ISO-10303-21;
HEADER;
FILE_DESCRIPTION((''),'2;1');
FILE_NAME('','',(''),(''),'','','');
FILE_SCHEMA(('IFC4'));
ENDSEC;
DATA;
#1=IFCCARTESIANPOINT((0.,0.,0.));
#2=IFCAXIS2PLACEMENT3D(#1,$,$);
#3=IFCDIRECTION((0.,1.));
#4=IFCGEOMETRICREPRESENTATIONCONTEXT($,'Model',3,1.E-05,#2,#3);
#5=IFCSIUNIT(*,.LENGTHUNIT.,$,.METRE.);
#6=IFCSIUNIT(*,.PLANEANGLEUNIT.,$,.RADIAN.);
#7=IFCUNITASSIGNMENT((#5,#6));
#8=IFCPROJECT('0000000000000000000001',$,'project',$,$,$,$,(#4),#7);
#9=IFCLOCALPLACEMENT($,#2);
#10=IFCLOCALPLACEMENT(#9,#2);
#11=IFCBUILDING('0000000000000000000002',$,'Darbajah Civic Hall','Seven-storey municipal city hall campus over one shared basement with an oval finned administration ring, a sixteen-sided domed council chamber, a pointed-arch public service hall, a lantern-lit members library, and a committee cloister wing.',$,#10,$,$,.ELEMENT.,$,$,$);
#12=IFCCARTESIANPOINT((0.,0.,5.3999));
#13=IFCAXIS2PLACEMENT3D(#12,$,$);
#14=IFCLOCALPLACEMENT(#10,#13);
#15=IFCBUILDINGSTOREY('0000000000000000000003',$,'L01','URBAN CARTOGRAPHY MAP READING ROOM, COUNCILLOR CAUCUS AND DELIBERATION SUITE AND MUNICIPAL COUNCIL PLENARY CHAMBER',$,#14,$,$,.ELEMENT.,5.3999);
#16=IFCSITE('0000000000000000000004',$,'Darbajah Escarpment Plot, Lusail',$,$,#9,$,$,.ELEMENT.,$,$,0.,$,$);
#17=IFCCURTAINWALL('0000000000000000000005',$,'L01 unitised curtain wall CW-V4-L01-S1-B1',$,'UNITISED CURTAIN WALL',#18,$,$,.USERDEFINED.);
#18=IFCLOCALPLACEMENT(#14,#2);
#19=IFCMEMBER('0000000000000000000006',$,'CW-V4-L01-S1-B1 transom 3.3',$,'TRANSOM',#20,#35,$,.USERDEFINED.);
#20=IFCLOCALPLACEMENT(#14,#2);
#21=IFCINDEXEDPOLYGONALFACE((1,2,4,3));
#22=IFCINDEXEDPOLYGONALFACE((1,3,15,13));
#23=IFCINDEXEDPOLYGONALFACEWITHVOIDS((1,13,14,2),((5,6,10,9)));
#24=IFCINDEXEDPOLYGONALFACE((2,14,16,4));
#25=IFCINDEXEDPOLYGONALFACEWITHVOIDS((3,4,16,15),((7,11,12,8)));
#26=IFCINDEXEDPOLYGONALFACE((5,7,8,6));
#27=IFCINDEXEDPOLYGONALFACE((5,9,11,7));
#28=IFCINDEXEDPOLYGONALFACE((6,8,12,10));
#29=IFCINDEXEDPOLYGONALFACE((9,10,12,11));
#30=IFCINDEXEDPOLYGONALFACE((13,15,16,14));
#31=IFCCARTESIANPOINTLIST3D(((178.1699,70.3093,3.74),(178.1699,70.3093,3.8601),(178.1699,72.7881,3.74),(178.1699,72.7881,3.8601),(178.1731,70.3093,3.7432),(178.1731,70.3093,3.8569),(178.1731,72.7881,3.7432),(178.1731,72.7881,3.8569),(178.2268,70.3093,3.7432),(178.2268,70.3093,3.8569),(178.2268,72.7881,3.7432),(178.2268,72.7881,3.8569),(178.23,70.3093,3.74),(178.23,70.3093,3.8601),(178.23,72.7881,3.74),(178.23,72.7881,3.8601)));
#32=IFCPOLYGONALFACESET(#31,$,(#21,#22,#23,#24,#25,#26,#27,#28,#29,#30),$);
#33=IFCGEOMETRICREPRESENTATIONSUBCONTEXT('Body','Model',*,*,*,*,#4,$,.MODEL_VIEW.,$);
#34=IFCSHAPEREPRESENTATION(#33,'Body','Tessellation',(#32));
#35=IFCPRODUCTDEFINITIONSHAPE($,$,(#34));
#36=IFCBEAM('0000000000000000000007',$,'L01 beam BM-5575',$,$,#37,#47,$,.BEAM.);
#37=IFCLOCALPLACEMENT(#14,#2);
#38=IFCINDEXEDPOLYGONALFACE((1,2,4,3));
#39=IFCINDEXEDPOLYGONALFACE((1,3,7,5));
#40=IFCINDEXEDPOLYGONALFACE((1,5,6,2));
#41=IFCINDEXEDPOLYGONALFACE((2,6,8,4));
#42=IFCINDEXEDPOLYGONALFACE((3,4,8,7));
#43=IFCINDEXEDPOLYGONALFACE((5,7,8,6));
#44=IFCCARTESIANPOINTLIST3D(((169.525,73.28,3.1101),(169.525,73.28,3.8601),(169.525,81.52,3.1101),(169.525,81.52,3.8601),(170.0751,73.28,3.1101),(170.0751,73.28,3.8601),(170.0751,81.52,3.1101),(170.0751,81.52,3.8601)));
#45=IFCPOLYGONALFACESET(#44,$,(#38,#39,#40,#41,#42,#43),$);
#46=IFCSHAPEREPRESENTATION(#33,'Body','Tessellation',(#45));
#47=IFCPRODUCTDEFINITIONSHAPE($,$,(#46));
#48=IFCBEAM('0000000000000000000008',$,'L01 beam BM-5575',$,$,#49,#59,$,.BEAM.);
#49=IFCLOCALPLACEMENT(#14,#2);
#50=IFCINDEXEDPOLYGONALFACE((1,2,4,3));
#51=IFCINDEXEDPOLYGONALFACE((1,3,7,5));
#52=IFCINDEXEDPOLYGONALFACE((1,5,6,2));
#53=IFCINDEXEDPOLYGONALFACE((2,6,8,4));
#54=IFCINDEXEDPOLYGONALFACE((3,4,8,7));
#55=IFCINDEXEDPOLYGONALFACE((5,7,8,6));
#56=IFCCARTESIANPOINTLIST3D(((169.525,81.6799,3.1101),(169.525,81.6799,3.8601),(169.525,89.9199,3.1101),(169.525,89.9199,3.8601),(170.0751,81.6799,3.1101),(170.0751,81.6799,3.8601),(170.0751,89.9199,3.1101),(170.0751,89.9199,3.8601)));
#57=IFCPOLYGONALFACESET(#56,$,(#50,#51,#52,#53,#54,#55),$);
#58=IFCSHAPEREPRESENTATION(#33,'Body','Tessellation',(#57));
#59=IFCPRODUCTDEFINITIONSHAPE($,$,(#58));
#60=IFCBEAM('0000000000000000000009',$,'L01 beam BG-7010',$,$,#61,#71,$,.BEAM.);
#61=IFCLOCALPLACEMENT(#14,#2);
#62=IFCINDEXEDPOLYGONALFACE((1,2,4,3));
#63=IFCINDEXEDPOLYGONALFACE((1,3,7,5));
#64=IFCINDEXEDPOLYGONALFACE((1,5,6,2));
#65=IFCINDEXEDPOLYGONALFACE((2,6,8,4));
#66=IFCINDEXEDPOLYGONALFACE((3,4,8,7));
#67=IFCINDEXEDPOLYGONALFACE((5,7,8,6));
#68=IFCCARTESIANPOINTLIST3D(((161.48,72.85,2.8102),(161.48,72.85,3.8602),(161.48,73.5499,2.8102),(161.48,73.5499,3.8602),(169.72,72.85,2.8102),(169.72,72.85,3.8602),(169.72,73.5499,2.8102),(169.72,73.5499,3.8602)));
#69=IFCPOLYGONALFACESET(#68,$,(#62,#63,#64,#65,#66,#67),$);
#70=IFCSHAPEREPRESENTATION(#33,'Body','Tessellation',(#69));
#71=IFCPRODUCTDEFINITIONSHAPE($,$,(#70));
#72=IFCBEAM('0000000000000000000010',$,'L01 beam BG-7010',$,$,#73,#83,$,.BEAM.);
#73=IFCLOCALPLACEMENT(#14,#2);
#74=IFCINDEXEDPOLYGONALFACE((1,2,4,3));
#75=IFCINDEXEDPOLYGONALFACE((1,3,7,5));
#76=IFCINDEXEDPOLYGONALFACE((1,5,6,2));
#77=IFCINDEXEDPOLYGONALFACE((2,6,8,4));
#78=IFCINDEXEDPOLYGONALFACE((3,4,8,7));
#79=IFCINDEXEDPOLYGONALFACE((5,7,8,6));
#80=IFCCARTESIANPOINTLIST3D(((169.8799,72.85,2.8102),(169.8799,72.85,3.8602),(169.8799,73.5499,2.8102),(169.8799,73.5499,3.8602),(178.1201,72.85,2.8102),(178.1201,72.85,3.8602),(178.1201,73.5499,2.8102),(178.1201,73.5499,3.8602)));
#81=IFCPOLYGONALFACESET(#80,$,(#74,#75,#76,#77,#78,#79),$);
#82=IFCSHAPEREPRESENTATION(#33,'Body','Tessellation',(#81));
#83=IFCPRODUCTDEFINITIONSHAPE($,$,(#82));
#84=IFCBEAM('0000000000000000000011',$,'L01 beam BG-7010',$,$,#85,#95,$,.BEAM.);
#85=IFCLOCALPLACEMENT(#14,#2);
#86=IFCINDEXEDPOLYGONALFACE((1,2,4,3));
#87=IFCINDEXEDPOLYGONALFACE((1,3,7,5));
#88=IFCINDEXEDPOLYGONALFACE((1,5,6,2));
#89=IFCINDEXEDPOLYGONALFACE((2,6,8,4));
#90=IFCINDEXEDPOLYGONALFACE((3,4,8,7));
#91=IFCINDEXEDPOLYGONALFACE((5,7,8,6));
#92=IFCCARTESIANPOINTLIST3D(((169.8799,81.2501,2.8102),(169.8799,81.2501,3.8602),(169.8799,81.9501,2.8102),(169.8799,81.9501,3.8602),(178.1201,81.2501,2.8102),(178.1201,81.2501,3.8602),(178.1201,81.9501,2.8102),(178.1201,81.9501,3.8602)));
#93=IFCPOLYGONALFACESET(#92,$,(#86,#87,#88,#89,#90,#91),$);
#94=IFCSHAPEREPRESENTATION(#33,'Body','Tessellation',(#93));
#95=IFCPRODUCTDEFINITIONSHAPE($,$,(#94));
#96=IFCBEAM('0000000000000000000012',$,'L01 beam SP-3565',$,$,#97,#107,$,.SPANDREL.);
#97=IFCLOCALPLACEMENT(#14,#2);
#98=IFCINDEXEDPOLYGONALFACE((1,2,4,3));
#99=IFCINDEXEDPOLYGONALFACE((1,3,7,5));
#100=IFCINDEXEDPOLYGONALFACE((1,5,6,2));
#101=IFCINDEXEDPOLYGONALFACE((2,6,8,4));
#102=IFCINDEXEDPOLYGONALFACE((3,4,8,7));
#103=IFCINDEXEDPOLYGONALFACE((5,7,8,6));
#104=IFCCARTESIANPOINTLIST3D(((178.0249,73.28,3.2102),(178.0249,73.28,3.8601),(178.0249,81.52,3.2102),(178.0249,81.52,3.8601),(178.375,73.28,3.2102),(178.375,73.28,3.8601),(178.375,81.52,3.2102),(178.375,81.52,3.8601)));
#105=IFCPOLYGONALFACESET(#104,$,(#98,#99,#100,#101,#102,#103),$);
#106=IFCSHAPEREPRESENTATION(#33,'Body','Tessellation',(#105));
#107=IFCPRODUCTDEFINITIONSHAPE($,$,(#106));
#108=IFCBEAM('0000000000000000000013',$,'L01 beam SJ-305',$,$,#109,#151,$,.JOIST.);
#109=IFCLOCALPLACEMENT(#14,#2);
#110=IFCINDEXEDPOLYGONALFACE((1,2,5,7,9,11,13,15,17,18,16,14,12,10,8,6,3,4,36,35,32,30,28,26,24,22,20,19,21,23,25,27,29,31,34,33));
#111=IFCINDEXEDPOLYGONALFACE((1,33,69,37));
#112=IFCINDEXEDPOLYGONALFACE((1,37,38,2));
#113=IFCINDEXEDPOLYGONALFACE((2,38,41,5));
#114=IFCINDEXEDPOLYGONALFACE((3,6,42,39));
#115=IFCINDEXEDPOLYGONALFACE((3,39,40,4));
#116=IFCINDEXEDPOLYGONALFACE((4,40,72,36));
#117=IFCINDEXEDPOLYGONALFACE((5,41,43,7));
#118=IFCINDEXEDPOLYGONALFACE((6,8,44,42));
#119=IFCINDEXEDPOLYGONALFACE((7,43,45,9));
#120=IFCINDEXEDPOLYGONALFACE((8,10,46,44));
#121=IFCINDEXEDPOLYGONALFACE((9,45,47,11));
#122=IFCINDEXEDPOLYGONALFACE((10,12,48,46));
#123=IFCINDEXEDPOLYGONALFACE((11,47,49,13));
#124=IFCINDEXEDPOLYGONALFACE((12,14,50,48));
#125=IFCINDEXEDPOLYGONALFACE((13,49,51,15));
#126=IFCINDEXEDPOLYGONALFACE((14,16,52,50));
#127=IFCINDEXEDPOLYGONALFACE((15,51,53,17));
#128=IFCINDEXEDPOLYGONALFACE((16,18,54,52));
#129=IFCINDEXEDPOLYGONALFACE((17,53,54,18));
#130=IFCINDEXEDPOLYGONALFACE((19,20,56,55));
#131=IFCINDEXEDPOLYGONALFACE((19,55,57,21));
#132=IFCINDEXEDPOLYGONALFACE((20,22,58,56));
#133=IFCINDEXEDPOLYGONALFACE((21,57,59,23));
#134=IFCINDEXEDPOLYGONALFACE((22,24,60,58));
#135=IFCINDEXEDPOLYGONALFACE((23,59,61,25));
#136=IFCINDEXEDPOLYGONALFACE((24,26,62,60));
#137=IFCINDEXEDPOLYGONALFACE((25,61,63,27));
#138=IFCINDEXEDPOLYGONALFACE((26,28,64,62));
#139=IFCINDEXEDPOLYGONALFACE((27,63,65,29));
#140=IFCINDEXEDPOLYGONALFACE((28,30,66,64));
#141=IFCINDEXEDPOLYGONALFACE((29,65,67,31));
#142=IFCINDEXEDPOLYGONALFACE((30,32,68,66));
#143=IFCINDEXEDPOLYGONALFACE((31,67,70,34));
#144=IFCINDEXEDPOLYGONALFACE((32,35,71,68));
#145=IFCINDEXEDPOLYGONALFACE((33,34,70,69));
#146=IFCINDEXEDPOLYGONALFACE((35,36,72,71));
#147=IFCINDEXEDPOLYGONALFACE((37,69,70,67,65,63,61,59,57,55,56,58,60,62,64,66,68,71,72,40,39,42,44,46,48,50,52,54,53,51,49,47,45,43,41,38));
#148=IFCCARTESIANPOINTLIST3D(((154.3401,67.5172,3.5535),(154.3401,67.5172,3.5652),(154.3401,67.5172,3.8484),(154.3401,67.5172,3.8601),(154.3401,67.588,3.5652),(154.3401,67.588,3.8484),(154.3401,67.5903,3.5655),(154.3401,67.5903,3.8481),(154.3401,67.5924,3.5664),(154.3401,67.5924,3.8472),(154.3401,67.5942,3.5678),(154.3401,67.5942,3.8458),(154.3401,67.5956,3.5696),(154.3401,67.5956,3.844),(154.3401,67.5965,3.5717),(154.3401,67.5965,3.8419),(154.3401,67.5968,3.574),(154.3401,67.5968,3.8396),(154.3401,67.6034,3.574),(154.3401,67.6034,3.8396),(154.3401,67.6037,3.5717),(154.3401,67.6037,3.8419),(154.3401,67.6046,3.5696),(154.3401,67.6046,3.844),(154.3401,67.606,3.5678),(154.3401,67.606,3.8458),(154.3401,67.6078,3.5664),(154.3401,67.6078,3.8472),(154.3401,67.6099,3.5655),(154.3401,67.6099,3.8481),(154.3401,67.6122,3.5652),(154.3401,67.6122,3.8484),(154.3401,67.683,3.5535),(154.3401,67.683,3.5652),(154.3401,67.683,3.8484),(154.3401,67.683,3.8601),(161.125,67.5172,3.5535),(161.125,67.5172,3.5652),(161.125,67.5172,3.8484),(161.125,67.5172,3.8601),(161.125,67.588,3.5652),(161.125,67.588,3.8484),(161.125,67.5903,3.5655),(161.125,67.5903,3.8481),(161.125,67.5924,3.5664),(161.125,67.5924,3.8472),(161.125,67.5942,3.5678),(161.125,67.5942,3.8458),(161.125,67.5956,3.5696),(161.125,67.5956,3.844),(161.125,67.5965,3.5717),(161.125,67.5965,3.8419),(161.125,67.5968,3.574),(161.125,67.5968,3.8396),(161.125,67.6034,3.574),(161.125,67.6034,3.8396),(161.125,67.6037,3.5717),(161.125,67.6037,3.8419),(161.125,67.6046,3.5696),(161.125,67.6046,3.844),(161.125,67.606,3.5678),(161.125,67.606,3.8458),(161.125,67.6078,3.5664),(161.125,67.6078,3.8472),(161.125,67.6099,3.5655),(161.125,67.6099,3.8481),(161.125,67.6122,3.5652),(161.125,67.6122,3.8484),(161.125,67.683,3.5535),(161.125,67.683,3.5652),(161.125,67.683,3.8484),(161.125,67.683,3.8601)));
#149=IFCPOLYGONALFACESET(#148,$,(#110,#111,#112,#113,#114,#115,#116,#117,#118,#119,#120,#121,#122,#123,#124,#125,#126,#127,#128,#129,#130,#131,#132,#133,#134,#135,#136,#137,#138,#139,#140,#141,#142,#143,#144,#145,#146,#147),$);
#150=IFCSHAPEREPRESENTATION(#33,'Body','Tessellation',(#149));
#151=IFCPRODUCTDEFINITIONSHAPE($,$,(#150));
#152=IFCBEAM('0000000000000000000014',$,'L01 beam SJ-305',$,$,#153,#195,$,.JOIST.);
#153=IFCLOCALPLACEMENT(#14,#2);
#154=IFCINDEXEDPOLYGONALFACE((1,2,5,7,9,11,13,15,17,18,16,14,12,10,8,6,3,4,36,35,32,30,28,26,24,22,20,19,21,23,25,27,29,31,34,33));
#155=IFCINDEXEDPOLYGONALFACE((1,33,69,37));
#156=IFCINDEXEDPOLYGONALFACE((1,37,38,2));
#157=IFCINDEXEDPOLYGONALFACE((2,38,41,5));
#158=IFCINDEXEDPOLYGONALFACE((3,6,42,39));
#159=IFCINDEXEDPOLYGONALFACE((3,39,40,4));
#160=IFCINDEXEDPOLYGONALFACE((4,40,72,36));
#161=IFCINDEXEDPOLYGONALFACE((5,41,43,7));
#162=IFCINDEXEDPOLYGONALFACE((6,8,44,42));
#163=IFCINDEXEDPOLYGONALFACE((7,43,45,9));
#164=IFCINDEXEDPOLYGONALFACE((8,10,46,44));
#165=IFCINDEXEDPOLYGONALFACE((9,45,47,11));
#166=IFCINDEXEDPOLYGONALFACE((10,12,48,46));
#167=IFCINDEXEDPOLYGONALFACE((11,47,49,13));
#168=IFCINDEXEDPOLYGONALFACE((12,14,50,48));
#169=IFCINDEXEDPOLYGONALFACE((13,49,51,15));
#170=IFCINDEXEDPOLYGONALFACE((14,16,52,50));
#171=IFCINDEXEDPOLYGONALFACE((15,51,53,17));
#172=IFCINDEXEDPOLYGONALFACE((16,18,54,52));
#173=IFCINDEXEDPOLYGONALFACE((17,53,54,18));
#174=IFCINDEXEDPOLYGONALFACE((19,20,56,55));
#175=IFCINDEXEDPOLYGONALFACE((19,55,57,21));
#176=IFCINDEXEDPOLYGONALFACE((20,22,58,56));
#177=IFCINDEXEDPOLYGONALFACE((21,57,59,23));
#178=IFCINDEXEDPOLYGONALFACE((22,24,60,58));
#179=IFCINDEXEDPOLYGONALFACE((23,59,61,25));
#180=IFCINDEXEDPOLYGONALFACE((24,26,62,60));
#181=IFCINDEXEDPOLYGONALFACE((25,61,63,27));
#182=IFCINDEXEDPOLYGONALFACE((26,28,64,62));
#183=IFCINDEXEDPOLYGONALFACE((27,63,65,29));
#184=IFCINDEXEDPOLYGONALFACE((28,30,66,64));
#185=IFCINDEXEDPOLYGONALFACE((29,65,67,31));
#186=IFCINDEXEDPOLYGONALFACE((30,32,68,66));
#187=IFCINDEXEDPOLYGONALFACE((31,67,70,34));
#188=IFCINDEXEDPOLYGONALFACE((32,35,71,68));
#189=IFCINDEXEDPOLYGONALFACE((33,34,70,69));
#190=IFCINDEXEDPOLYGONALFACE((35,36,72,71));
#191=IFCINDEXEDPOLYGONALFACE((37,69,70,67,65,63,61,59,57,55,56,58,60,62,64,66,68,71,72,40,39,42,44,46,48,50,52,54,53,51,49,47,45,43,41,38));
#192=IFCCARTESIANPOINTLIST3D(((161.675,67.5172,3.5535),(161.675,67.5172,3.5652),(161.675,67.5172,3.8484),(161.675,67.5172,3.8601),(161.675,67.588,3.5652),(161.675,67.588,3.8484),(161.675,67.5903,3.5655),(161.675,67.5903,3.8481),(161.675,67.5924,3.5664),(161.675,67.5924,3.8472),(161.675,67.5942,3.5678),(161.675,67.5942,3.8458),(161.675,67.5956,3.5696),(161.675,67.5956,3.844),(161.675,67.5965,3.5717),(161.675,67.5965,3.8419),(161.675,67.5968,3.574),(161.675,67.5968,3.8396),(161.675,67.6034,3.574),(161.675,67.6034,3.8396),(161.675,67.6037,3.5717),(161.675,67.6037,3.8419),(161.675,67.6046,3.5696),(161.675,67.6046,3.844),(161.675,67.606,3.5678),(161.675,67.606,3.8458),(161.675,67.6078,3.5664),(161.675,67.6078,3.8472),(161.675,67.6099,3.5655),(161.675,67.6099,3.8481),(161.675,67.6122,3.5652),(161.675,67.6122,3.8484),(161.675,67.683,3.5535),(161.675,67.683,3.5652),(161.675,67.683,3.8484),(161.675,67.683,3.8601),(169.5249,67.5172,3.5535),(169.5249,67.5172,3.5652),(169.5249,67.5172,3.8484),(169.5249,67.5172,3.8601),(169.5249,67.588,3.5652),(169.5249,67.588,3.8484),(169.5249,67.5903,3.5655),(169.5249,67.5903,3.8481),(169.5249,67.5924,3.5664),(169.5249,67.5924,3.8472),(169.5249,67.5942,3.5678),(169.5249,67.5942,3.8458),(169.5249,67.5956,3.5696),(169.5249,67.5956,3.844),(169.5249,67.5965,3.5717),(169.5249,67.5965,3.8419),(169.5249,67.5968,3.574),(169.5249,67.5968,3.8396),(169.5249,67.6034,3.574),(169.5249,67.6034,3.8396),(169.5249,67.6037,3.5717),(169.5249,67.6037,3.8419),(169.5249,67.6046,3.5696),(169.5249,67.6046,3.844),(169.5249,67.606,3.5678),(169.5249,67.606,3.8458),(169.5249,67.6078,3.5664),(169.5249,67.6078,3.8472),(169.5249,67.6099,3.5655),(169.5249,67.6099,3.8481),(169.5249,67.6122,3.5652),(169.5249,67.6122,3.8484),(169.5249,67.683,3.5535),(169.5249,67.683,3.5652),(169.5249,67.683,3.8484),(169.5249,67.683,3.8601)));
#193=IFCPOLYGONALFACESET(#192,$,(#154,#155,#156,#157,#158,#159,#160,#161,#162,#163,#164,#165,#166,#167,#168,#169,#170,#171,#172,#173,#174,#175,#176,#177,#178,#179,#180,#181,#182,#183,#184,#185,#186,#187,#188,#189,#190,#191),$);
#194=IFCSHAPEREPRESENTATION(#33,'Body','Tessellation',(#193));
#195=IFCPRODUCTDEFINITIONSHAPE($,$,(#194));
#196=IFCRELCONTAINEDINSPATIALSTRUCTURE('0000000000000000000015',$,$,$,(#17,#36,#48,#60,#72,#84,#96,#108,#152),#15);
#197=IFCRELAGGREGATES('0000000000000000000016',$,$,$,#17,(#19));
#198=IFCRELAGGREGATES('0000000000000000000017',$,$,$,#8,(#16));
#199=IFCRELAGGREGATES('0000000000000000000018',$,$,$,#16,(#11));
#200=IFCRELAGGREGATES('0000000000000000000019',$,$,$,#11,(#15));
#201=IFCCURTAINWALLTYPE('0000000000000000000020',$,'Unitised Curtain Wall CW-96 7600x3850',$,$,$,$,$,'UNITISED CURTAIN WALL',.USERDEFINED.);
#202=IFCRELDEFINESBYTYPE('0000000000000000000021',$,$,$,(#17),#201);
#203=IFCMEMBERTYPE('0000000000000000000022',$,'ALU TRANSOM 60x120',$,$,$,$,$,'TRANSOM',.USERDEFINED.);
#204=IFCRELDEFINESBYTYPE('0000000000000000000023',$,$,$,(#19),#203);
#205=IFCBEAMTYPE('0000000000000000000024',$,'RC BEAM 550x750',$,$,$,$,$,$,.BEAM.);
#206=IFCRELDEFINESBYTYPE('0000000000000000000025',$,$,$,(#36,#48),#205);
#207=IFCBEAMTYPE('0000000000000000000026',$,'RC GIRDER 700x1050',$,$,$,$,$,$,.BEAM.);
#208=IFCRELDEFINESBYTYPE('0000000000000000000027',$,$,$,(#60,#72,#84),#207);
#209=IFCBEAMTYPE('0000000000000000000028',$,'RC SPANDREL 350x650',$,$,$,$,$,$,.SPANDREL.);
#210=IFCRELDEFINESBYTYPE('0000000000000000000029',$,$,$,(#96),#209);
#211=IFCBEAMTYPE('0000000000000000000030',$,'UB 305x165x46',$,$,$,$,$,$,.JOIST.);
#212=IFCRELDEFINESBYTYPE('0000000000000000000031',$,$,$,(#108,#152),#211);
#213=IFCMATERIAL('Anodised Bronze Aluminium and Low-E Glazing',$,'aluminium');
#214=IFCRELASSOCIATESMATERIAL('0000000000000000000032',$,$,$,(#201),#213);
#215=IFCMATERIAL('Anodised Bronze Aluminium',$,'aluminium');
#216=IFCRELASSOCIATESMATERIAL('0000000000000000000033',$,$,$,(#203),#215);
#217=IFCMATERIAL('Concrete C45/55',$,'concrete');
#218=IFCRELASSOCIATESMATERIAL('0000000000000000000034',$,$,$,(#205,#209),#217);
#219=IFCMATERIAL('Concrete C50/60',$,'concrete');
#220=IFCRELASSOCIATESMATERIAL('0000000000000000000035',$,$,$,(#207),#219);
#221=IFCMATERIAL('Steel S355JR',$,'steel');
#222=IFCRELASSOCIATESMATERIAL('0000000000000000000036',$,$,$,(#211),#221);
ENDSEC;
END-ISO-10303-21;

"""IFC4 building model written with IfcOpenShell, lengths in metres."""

from ifc_helpers import new_model, si_unit, direction, frame, origin, origin_2d, place, context, subcontext, project, spatial, rectangle, hollow_rectangle, i_section, extrude, material, material_profile, profile_set, type_object, element, aggregate, save


model = new_model("IFC4")

# Units and contexts
model_context = context("Model", 3, precision=1e-05, world=origin(), true_north=direction((0.0, 1.0)))
body_context = subcontext(model_context, "Body", "Model", "MODEL_VIEW")
ifc_project = project(units=[si_unit("LENGTHUNIT", "METRE"), si_unit("PLANEANGLEUNIT", "RADIAN")], contexts=[model_context])

# Site, building, storey
site_placement = place(None, origin())
site = spatial("IfcSite", under=ifc_project, at=site_placement, Name="Darbajah Escarpment Plot, Lusail", CompositionType="ELEMENT", RefElevation=0.0)
building_placement = place(site_placement, origin())
building = spatial("IfcBuilding", under=site, at=building_placement, Name="Darbajah Civic Hall", Description="Seven-storey municipal city hall campus over one shared basement with an oval finned administration ring, a sixteen-sided domed council chamber, a pointed-arch public service hall, a lantern-lit members library, and a committee cloister wing.", CompositionType="ELEMENT")
storey_placement = place(building_placement, frame((0.0, 0.0, 5.3999)))
storey = spatial("IfcBuildingStorey", under=building, at=storey_placement, Name="L01", Description="URBAN CARTOGRAPHY MAP READING ROOM, COUNCILLOR CAUCUS AND DELIBERATION SUITE AND MUNICIPAL COUNCIL PLENARY CHAMBER", CompositionType="ELEMENT", Elevation=5.3999)

# Shared definitions
ifc_material_1 = material(Name="Concrete C50/60", Category="concrete")

# Curtain wall, member
ifc_material_2 = material(Name="Anodised Bronze Aluminium and Low-E Glazing", Category="aluminium")
curtain_wall_type = type_object("IfcCurtainWallType", Name="Unitised Curtain Wall CW-96 7600x3850", ElementType="UNITISED CURTAIN WALL", PredefinedType="USERDEFINED", material=ifc_material_2)
curtain_wall_placement = place(storey_placement, origin())
curtain_wall = element("IfcCurtainWall", 1, at=curtain_wall_placement, inside=storey, type_object=curtain_wall_type, Name="L01 unitised curtain wall CW-V4-L01-S1-B1", ObjectType="UNITISED CURTAIN WALL", PredefinedType="USERDEFINED")
ifc_material_3 = material(Name="Anodised Bronze Aluminium", Category="aluminium")
ifc_material_profile_1 = material_profile(ifc_material_3, hollow_rectangle(XDim=0.0601, YDim=0.1201, WallThickness=0.0032, at=origin_2d()), Name="ALU TRANSOM 60x120")
ifc_profile_set_1 = profile_set([ifc_material_profile_1], Name="Anodised Bronze Aluminium")
member_type_1 = type_object("IfcMemberType", Name="ALU TRANSOM 60x120", ElementType="TRANSOM", PredefinedType="USERDEFINED", material=ifc_profile_set_1)
member_1_placement = place(storey_placement, frame((178.2, 70.3093, 3.8), z_axis=(0.0, 1.0, 0.0), x_axis=(-1.0, 0.0, 0.0)))
member_1 = element("IfcMember", 2, at=member_1_placement, type_object=member_type_1, Name="CW-V4-L01-S1-B1 transom 3.3", ObjectType="TRANSOM", PredefinedType="USERDEFINED", context=body_context, shape_type="SweptSolid", body=[
    extrude(hollow_rectangle(XDim=0.0601, YDim=0.1201, WallThickness=0.0032, at=origin_2d()), origin(), (0.0, 0.0, 1.0), 2.4788),
])

# Beams
ifc_material_4 = material(Name="Concrete C45/55", Category="concrete")
ifc_material_profile_2 = material_profile(ifc_material_4, rectangle(XDim=0.55, YDim=0.75, at=origin_2d()), Name="RC BEAM 550x750")
ifc_profile_set_2 = profile_set([ifc_material_profile_2], Name="Concrete C45/55")
beam_type_1 = type_object("IfcBeamType", Name="RC BEAM 550x750", PredefinedType="BEAM", material=ifc_profile_set_2)
for number, where, z_axis, x_axis, name in (
    (3, (169.8, 73.28, 3.4851), (0.0, 1.0, 0.0), (-1.0, 0.0, 0.0), "L01 beam BM-5575"),
    (4, (169.8, 81.6799, 3.4851), (0.0, 1.0, 0.0), (-1.0, 0.0, 0.0), "L01 beam BM-5575"),
):
    element("IfcBeam", number, at=place(storey_placement, frame(where, z_axis=z_axis, x_axis=x_axis)), inside=storey, type_object=beam_type_1, Name=name, PredefinedType="BEAM", context=body_context, shape_type="SweptSolid", body=[
        extrude(rectangle(XDim=0.55, YDim=0.75, at=origin_2d()), origin(), (0.0, 0.0, 1.0), 8.24),
    ])
ifc_material_profile_3 = material_profile(ifc_material_1, rectangle(XDim=0.7, YDim=1.05, at=origin_2d()), Name="RC GIRDER 700x1050")
ifc_profile_set_3 = profile_set([ifc_material_profile_3], Name="Concrete C50/60")
beam_type_2 = type_object("IfcBeamType", Name="RC GIRDER 700x1050", PredefinedType="BEAM", material=ifc_profile_set_3)
beam_1_placement = place(storey_placement, frame((161.48, 73.2, 3.3352), z_axis=(1.0, 0.0, 0.0), x_axis=(0.0, 1.0, 0.0)))
element("IfcBeam", 5, at=beam_1_placement, inside=storey, type_object=beam_type_2, Name="L01 beam BG-7010", PredefinedType="BEAM", context=body_context, shape_type="SweptSolid", body=[
    extrude(rectangle(XDim=0.7, YDim=1.05, at=origin_2d()), origin(), (0.0, 0.0, 1.0), 8.24),
])
for number, where, z_axis, x_axis, name in (
    (6, (169.8799, 73.2, 3.3352), (1.0, 0.0, 0.0), (0.0, 1.0, 0.0), "L01 beam BG-7010"),
    (7, (169.8799, 81.6001, 3.3352), (1.0, 0.0, 0.0), (0.0, 1.0, 0.0), "L01 beam BG-7010"),
):
    element("IfcBeam", number, at=place(storey_placement, frame(where, z_axis=z_axis, x_axis=x_axis)), inside=storey, type_object=beam_type_2, Name=name, PredefinedType="BEAM", context=body_context, shape_type="SweptSolid", body=[
        extrude(rectangle(XDim=0.7, YDim=1.05, at=origin_2d()), origin(), (0.0, 0.0, 1.0), 8.2402),
    ])
ifc_material_profile_4 = material_profile(ifc_material_4, rectangle(XDim=0.3501, YDim=0.6499, at=origin_2d()), Name="RC SPANDREL 350x650")
ifc_profile_set_4 = profile_set([ifc_material_profile_4], Name="Concrete C45/55")
beam_type_3 = type_object("IfcBeamType", Name="RC SPANDREL 350x650", PredefinedType="SPANDREL", material=ifc_profile_set_4)
beam_2_placement = place(storey_placement, frame((178.2, 73.28, 3.5352), z_axis=(0.0, 1.0, 0.0), x_axis=(-1.0, 0.0, 0.0)))
element("IfcBeam", 8, at=beam_2_placement, inside=storey, type_object=beam_type_3, Name="L01 beam SP-3565", PredefinedType="SPANDREL", context=body_context, shape_type="SweptSolid", body=[
    extrude(rectangle(XDim=0.3501, YDim=0.6499, at=origin_2d()), origin(), (0.0, 0.0, 1.0), 8.24),
])
ifc_material_5 = material(Name="Steel S355JR", Category="steel")
ifc_material_profile_5 = material_profile(ifc_material_5, i_section(OverallWidth=0.1658, OverallDepth=0.3066, WebThickness=0.0066, FlangeThickness=0.0117, FilletRadius=0.0088, at=origin_2d()), Name="UB 305x165x46")
ifc_profile_set_5 = profile_set([ifc_material_profile_5], Name="Steel S355JR")
beam_type_4 = type_object("IfcBeamType", Name="UB 305x165x46", PredefinedType="JOIST", material=ifc_profile_set_5)
beam_3_placement = place(storey_placement, frame((154.3401, 67.6001, 3.7068), z_axis=(1.0, 0.0, 0.0), x_axis=(0.0, 1.0, 0.0)))
element("IfcBeam", 9, at=beam_3_placement, inside=storey, type_object=beam_type_4, Name="L01 beam SJ-305", PredefinedType="JOIST", context=body_context, shape_type="SweptSolid", body=[
    extrude(i_section(OverallWidth=0.1658, OverallDepth=0.3066, WebThickness=0.0066, FlangeThickness=0.0117, FilletRadius=0.0088, at=origin_2d()), origin(), (0.0, 0.0, 1.0), 6.7849),
])
for number, where, z_axis, x_axis, name in (
    (10, (161.675, 67.6001, 3.7068), (1.0, 0.0, 0.0), (0.0, 1.0, 0.0), "L01 beam SJ-305"),
):
    element("IfcBeam", number, at=place(storey_placement, frame(where, z_axis=z_axis, x_axis=x_axis)), inside=storey, type_object=beam_type_4, Name=name, PredefinedType="JOIST", context=body_context, shape_type="SweptSolid", body=[
        extrude(i_section(OverallWidth=0.1658, OverallDepth=0.3066, WebThickness=0.0066, FlangeThickness=0.0117, FilletRadius=0.0088, at=origin_2d()), origin(), (0.0, 0.0, 1.0), 7.8499),
    ])

aggregate(curtain_wall, [member_1])

save(model, "model.ifc")
